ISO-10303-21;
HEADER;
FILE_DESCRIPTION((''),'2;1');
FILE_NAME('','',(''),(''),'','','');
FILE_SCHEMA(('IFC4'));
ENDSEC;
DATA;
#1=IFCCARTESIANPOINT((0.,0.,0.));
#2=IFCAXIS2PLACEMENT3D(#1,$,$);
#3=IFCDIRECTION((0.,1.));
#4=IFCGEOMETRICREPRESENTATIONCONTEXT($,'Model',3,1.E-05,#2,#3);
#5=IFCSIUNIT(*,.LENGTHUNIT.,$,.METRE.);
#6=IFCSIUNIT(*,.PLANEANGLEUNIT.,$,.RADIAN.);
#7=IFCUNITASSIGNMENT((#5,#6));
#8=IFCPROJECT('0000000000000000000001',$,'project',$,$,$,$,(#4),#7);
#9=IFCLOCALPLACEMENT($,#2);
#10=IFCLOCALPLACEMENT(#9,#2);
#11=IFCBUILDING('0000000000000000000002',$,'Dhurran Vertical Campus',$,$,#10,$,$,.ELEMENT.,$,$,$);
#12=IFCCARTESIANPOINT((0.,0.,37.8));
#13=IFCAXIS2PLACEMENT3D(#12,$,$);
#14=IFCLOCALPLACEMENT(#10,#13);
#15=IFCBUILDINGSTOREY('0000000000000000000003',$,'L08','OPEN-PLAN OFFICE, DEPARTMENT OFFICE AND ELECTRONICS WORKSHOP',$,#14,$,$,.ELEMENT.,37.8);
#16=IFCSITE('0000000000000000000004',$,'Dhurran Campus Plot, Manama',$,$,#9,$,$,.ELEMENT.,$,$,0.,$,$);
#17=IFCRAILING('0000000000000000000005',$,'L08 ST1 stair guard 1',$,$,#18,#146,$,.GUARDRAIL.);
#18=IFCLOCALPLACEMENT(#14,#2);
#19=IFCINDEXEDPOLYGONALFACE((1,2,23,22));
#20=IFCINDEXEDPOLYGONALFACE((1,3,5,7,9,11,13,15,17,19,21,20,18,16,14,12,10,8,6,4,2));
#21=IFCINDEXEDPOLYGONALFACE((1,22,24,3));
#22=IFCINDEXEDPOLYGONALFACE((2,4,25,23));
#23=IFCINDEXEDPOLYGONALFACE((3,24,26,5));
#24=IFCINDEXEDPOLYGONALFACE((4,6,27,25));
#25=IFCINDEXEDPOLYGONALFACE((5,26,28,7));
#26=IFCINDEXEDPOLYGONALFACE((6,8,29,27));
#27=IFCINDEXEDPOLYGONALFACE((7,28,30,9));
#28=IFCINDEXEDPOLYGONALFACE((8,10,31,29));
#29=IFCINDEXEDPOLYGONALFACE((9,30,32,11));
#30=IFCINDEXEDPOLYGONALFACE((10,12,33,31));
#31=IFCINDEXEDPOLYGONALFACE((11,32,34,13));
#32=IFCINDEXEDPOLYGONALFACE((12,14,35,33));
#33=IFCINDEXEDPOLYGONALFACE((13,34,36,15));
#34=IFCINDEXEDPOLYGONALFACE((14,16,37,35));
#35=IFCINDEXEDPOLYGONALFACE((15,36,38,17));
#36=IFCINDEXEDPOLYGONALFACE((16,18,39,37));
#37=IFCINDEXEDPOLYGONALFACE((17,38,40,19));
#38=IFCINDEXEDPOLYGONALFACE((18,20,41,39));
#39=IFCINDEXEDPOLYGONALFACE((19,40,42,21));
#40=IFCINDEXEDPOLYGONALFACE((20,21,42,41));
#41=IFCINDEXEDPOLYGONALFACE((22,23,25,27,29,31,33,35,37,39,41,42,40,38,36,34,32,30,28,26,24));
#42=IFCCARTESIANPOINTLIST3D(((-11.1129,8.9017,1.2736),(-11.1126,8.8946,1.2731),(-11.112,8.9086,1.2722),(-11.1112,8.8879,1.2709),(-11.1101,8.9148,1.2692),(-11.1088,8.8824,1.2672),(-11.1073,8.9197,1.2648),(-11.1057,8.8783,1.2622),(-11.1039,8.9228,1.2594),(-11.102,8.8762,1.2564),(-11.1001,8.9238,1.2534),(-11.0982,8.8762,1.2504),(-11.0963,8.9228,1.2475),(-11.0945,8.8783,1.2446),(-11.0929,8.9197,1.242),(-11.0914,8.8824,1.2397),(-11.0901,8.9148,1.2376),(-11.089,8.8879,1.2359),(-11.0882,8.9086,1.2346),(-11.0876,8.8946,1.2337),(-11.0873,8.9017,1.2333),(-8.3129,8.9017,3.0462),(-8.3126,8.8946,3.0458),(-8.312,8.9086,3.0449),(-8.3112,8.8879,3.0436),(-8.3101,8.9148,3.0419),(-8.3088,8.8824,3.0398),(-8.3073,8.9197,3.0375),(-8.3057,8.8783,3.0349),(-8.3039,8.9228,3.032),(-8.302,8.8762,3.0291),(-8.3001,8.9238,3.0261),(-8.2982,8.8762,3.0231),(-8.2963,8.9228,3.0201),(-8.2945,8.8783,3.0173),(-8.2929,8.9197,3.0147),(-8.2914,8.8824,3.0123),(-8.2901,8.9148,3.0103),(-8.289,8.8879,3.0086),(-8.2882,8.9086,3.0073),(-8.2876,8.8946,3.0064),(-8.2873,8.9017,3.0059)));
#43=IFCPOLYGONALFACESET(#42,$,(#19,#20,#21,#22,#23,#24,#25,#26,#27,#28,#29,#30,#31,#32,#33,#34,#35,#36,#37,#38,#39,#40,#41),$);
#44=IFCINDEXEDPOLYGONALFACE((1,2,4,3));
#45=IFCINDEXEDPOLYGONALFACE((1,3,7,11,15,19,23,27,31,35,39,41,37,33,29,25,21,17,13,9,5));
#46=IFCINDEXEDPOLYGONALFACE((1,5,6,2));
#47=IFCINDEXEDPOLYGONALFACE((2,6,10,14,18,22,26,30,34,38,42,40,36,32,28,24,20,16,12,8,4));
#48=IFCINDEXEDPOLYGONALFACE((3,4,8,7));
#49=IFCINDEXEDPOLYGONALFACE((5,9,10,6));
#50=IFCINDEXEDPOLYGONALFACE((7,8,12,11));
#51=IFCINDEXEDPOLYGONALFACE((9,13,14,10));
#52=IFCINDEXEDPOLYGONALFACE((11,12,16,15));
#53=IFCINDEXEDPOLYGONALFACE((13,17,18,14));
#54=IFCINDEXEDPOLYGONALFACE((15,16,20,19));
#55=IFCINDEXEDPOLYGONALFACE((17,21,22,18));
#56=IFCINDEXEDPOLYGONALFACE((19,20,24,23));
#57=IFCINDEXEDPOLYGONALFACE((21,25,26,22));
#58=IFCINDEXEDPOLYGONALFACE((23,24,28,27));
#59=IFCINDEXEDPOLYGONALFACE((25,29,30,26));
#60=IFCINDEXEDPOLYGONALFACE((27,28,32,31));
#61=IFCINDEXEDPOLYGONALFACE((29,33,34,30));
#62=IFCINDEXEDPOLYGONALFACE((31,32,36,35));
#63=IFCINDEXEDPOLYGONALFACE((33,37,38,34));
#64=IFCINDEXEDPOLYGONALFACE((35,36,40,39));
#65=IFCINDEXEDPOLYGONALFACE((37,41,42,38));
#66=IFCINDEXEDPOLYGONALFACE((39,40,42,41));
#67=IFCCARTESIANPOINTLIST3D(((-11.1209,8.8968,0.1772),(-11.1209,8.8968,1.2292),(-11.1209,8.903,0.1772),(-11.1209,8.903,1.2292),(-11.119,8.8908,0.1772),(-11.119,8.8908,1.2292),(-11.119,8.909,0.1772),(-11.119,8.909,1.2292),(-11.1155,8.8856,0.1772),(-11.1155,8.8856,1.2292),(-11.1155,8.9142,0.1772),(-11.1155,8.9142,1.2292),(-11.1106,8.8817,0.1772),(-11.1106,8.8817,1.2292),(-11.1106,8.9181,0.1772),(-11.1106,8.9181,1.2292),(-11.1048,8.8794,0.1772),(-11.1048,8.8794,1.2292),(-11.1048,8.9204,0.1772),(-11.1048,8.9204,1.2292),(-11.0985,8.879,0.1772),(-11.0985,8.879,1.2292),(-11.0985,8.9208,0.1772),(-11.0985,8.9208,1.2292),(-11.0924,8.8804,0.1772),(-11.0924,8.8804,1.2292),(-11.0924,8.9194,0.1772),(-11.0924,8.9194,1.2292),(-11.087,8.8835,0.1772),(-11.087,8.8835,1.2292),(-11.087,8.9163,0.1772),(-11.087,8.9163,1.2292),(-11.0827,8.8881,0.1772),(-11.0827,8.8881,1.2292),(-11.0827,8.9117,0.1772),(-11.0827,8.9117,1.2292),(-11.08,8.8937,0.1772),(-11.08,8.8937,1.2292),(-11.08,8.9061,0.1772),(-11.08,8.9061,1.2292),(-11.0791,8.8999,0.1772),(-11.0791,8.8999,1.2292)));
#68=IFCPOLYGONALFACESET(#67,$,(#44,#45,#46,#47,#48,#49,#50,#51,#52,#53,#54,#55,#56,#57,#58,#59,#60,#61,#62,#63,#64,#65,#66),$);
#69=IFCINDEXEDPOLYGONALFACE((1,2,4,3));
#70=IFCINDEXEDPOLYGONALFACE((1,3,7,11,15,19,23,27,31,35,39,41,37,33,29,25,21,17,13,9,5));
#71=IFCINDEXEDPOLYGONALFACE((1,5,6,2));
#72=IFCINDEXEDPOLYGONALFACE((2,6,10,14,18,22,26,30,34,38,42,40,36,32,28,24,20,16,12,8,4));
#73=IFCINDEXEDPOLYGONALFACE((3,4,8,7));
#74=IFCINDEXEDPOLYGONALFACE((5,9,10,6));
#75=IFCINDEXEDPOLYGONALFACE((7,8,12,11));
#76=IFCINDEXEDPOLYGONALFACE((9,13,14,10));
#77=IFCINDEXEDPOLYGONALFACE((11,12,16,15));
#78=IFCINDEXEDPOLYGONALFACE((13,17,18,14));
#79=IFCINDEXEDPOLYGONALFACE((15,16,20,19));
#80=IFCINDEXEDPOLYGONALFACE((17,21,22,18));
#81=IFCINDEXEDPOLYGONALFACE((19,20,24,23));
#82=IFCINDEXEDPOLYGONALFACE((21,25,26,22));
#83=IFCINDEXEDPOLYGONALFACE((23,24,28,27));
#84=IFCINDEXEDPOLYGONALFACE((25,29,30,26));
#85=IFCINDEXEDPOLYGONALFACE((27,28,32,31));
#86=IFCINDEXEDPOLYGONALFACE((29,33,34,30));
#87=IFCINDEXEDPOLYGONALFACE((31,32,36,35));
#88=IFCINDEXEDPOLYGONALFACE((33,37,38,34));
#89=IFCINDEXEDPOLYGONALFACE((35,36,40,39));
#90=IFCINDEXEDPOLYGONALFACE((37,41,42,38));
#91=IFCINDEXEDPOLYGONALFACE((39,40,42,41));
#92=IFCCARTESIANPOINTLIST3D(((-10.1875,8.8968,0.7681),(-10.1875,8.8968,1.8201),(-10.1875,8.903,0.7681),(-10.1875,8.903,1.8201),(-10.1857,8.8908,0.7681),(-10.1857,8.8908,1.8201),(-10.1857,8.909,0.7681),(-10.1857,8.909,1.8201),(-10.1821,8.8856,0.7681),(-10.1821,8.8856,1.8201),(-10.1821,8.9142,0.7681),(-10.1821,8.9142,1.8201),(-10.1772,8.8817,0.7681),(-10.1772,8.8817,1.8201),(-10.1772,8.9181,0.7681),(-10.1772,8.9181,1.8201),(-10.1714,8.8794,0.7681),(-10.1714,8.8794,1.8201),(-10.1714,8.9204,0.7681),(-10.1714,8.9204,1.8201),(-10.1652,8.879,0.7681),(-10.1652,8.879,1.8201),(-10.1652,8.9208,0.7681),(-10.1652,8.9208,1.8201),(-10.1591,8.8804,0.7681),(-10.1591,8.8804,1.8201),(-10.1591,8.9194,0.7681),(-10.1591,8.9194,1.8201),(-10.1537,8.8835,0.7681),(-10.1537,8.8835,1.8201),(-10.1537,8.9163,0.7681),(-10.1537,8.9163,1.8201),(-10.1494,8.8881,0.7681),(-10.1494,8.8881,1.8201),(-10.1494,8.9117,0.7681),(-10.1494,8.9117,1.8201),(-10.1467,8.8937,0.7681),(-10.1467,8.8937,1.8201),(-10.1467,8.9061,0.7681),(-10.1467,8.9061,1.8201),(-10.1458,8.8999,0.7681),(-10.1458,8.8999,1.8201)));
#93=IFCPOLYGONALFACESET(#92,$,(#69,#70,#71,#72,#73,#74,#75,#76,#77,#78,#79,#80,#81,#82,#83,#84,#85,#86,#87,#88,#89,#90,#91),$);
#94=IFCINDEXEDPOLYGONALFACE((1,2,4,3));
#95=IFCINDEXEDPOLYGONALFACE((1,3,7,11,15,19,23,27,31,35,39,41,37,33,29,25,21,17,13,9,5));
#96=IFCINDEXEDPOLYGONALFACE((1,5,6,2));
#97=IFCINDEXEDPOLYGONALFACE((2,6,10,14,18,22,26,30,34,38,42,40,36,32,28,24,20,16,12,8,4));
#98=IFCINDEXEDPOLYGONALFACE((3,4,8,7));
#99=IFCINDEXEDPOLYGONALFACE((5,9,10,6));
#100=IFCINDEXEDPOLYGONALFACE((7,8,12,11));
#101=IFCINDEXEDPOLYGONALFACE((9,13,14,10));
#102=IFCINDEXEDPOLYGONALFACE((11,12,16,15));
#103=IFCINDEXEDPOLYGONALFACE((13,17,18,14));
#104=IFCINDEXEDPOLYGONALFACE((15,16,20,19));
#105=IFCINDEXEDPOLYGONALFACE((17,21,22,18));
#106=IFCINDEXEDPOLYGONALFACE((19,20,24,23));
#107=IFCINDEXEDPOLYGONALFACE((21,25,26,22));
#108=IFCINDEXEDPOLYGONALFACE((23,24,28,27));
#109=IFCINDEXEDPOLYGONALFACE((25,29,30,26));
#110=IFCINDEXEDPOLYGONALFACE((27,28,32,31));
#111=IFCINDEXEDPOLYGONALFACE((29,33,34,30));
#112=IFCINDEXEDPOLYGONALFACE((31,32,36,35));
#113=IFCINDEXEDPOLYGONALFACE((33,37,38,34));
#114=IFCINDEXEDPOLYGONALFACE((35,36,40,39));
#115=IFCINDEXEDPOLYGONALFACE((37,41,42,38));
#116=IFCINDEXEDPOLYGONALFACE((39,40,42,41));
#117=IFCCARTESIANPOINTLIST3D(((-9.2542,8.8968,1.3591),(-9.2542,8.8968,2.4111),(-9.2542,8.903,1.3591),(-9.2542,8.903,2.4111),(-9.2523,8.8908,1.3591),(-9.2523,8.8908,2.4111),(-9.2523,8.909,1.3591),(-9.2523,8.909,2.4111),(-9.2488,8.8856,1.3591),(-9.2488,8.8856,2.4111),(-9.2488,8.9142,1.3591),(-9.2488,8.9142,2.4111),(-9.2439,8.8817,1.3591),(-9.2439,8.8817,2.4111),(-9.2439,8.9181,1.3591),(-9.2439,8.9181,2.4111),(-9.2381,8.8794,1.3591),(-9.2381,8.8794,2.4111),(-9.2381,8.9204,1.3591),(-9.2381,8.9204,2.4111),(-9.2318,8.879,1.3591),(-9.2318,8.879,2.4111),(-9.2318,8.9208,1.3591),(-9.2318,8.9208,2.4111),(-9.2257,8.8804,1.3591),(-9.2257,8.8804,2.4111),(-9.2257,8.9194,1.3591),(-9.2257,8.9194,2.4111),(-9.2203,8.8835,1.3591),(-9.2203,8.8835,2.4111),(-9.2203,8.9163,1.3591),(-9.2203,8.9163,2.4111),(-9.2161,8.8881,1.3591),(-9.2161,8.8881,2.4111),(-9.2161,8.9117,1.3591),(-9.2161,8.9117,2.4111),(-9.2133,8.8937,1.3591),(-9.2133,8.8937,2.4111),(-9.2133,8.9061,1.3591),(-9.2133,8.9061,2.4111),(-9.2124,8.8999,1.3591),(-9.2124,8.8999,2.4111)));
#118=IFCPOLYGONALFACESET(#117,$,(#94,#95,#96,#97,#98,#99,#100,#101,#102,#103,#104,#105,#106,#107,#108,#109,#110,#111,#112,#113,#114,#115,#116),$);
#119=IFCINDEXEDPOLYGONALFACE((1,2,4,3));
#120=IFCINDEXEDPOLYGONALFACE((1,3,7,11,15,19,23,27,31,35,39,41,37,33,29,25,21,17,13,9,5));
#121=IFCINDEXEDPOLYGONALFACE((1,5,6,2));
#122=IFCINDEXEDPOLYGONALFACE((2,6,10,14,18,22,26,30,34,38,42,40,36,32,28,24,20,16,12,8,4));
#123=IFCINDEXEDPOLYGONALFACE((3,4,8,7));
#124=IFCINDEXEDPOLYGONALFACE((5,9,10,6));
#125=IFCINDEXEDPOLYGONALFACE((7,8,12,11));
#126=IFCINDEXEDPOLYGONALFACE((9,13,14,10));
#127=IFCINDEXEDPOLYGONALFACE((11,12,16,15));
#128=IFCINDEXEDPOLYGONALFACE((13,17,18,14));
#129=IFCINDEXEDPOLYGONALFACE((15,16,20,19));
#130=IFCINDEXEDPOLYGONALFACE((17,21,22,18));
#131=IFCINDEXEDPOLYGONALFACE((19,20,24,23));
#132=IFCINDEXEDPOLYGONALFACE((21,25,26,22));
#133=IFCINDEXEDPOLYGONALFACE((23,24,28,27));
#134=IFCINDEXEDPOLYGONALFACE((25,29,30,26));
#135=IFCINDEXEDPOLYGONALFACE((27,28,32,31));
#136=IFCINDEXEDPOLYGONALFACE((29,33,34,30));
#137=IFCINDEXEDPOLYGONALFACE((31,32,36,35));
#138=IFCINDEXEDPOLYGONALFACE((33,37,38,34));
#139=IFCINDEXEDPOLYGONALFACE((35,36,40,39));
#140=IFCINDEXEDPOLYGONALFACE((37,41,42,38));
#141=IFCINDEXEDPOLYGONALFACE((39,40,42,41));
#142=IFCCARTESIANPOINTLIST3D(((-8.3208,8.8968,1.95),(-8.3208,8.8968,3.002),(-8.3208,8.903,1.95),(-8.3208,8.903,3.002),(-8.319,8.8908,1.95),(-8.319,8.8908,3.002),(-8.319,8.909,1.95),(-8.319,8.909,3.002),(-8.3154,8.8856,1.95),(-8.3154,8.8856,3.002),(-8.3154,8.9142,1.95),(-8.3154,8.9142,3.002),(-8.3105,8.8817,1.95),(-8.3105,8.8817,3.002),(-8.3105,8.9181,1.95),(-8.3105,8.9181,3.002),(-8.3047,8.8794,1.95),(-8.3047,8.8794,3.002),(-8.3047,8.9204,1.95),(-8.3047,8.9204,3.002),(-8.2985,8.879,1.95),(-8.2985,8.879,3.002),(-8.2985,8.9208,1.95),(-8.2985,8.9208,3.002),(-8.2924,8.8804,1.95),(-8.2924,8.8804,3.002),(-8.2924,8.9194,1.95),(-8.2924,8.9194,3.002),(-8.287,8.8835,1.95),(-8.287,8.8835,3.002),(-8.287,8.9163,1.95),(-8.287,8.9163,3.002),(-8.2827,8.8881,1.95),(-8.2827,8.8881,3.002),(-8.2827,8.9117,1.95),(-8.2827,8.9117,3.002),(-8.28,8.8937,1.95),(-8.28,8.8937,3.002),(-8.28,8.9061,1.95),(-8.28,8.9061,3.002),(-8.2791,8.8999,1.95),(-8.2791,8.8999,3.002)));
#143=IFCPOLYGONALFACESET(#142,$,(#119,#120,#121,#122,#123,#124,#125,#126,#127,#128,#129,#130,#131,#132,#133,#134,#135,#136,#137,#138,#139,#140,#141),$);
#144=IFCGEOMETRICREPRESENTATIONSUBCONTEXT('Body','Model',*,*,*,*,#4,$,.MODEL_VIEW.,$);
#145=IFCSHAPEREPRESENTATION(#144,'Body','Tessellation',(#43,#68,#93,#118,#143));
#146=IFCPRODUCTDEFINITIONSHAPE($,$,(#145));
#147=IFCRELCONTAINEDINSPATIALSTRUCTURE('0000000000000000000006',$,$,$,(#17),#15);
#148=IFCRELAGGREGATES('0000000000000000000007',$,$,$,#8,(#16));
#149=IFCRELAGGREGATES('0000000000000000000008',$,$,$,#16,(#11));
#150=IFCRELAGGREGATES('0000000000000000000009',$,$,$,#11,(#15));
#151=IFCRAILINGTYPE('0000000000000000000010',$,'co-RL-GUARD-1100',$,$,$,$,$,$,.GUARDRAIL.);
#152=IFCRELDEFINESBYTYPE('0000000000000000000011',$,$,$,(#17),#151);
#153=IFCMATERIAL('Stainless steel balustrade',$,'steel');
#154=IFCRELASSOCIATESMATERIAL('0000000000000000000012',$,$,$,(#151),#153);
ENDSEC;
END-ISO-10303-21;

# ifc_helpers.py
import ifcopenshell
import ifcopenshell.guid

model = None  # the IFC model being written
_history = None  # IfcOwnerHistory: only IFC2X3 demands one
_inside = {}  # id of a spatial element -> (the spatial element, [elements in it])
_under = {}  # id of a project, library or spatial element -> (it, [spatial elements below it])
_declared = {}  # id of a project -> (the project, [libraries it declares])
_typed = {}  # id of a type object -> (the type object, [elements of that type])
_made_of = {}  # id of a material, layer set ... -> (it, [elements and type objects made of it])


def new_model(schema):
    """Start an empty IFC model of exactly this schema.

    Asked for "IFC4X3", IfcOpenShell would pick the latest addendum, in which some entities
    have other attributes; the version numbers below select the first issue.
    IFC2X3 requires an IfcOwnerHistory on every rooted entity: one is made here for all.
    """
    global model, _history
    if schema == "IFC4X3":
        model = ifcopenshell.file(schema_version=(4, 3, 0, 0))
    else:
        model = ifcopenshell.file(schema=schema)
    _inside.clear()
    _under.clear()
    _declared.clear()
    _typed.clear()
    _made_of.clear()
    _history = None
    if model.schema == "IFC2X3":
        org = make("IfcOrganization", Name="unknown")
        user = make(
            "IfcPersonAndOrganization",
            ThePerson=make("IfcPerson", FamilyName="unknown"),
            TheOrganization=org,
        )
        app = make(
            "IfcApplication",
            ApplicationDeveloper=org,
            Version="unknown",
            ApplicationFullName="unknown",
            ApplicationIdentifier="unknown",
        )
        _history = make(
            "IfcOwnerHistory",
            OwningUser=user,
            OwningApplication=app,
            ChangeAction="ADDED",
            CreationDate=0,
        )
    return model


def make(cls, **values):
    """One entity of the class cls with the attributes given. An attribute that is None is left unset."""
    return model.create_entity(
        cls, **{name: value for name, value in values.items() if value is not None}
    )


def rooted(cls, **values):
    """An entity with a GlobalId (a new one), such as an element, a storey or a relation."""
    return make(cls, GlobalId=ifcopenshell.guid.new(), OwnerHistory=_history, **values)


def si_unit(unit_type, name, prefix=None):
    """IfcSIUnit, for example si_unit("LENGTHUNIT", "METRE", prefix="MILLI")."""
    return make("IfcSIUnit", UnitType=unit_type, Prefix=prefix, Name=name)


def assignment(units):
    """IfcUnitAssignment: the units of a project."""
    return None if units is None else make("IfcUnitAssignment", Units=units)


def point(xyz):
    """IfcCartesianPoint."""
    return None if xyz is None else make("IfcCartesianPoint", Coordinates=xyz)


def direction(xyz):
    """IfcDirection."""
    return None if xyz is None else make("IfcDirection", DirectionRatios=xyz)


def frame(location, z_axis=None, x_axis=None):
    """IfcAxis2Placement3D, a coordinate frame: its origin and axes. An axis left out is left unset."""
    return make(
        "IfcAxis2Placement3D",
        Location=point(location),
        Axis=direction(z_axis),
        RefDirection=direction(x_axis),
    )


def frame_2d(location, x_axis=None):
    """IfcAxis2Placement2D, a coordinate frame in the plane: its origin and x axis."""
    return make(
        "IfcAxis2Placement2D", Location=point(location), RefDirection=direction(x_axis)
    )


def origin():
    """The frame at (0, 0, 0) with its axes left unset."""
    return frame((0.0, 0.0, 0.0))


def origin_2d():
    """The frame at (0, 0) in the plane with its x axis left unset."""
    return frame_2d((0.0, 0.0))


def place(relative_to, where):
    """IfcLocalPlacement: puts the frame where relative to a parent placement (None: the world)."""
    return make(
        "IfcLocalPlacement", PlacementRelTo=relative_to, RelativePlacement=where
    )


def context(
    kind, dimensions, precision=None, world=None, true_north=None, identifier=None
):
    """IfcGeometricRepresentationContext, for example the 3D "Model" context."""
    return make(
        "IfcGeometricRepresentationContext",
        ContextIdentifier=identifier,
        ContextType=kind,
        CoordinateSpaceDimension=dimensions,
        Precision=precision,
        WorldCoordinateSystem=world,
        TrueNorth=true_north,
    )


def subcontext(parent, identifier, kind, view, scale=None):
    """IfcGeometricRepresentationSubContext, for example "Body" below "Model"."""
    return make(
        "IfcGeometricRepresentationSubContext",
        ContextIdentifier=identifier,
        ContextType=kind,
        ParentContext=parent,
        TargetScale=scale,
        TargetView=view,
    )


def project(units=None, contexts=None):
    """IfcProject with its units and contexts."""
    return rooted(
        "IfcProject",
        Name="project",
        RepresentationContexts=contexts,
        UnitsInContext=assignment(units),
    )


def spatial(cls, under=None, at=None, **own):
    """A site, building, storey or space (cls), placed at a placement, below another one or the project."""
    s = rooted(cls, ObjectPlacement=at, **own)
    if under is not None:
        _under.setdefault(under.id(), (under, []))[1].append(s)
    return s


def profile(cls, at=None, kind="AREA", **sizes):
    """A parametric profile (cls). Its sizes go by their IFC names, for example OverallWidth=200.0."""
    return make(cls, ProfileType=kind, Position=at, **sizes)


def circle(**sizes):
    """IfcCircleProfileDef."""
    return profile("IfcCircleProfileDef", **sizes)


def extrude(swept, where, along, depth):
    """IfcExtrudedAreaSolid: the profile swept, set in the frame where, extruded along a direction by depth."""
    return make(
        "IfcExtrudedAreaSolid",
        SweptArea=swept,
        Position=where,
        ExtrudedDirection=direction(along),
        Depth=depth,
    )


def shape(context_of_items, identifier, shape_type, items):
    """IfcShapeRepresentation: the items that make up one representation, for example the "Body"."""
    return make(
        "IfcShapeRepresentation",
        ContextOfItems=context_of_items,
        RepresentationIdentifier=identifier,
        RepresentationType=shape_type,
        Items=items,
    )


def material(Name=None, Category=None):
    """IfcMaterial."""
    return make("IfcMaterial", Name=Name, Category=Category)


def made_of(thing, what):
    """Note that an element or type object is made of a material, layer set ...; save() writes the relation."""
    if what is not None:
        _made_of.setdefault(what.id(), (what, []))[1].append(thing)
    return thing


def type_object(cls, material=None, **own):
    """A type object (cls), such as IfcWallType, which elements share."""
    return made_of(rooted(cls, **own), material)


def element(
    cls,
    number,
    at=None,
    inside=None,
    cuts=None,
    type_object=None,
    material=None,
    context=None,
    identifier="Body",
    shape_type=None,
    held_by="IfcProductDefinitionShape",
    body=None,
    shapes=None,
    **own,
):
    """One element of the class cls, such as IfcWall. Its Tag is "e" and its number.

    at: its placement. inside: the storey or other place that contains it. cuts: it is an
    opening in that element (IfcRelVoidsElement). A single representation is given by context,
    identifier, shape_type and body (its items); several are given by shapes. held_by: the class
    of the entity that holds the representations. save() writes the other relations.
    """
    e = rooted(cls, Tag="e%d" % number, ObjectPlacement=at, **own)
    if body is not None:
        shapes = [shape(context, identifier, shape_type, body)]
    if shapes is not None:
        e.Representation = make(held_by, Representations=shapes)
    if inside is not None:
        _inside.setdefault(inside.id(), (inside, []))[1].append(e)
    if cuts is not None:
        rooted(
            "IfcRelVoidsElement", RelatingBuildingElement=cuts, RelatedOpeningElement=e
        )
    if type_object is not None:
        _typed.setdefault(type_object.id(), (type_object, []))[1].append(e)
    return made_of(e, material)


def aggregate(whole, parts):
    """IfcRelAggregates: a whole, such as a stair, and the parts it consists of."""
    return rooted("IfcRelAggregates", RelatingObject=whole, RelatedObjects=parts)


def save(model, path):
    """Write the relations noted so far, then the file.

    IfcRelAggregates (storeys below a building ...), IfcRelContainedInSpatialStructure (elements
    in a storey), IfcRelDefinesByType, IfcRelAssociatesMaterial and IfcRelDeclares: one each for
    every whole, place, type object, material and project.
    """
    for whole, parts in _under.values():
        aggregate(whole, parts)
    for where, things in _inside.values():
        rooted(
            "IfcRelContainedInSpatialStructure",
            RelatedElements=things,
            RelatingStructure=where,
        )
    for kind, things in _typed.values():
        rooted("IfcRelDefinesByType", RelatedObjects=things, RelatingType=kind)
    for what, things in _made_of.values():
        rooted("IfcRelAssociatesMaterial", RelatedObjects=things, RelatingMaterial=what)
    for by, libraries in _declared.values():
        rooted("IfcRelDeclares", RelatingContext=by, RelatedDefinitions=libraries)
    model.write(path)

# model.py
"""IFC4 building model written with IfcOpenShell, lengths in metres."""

from ifc_helpers import new_model, si_unit, direction, frame, origin, origin_2d, place, context, subcontext, project, spatial, circle, extrude, material, type_object, element, save


model = new_model("IFC4")

# Units and contexts
model_context = context("Model", 3, precision=1e-05, world=origin(), true_north=direction((0.0, 1.0)))
body_context = subcontext(model_context, "Body", "Model", "MODEL_VIEW")
ifc_project = project(units=[si_unit("LENGTHUNIT", "METRE"), si_unit("PLANEANGLEUNIT", "RADIAN")], contexts=[model_context])

# Site, building, storey
site_placement = place(None, origin())
site = spatial("IfcSite", under=ifc_project, at=site_placement, Name="Dhurran Campus Plot, Manama", CompositionType="ELEMENT", RefElevation=0.0)
building_placement = place(site_placement, origin())
building = spatial("IfcBuilding", under=site, at=building_placement, Name="Dhurran Vertical Campus", CompositionType="ELEMENT")
storey_placement = place(building_placement, frame((0.0, 0.0, 37.8)))
storey = spatial("IfcBuildingStorey", under=building, at=storey_placement, Name="L08", Description="OPEN-PLAN OFFICE, DEPARTMENT OFFICE AND ELECTRONICS WORKSHOP", CompositionType="ELEMENT", Elevation=37.8)

# Railing
ifc_material_1 = material(Name="Stainless steel balustrade", Category="steel")
railing_type_1 = type_object("IfcRailingType", Name="co-RL-GUARD-1100", PredefinedType="GUARDRAIL", material=ifc_material_1)
railing_1_placement = place(storey_placement, frame((-11.1001, 8.8999, 0.1772)))
element("IfcRailing", 1, at=railing_1_placement, inside=storey, type_object=railing_type_1, Name="L08 ST1 stair guard 1", PredefinedType="GUARDRAIL", context=body_context, shape_type="SweptSolid", body=[
    extrude(circle(Radius=0.0239, at=origin_2d()), frame((0.0, 0.0, 1.0762), z_axis=(0.844909, 0.0, 0.53491), x_axis=(0.0, 1.0, 0.0)), (0.0, 0.0, 1.0), 3.314),
    extrude(circle(Radius=0.021, at=origin_2d()), origin(), (0.0, 0.0, 1.0), 1.052),
    extrude(circle(Radius=0.021, at=origin_2d()), frame((0.9333, 0.0, 0.5908)), (0.0, 0.0, 1.0), 1.052),
    extrude(circle(Radius=0.021, at=origin_2d()), frame((1.8667, 0.0, 1.1819)), (0.0, 0.0, 1.0), 1.052),
    extrude(circle(Radius=0.021, at=origin_2d()), frame((2.8, 0.0, 1.7727)), (0.0, 0.0, 1.0), 1.052),
])

save(model, "model.ifc")
